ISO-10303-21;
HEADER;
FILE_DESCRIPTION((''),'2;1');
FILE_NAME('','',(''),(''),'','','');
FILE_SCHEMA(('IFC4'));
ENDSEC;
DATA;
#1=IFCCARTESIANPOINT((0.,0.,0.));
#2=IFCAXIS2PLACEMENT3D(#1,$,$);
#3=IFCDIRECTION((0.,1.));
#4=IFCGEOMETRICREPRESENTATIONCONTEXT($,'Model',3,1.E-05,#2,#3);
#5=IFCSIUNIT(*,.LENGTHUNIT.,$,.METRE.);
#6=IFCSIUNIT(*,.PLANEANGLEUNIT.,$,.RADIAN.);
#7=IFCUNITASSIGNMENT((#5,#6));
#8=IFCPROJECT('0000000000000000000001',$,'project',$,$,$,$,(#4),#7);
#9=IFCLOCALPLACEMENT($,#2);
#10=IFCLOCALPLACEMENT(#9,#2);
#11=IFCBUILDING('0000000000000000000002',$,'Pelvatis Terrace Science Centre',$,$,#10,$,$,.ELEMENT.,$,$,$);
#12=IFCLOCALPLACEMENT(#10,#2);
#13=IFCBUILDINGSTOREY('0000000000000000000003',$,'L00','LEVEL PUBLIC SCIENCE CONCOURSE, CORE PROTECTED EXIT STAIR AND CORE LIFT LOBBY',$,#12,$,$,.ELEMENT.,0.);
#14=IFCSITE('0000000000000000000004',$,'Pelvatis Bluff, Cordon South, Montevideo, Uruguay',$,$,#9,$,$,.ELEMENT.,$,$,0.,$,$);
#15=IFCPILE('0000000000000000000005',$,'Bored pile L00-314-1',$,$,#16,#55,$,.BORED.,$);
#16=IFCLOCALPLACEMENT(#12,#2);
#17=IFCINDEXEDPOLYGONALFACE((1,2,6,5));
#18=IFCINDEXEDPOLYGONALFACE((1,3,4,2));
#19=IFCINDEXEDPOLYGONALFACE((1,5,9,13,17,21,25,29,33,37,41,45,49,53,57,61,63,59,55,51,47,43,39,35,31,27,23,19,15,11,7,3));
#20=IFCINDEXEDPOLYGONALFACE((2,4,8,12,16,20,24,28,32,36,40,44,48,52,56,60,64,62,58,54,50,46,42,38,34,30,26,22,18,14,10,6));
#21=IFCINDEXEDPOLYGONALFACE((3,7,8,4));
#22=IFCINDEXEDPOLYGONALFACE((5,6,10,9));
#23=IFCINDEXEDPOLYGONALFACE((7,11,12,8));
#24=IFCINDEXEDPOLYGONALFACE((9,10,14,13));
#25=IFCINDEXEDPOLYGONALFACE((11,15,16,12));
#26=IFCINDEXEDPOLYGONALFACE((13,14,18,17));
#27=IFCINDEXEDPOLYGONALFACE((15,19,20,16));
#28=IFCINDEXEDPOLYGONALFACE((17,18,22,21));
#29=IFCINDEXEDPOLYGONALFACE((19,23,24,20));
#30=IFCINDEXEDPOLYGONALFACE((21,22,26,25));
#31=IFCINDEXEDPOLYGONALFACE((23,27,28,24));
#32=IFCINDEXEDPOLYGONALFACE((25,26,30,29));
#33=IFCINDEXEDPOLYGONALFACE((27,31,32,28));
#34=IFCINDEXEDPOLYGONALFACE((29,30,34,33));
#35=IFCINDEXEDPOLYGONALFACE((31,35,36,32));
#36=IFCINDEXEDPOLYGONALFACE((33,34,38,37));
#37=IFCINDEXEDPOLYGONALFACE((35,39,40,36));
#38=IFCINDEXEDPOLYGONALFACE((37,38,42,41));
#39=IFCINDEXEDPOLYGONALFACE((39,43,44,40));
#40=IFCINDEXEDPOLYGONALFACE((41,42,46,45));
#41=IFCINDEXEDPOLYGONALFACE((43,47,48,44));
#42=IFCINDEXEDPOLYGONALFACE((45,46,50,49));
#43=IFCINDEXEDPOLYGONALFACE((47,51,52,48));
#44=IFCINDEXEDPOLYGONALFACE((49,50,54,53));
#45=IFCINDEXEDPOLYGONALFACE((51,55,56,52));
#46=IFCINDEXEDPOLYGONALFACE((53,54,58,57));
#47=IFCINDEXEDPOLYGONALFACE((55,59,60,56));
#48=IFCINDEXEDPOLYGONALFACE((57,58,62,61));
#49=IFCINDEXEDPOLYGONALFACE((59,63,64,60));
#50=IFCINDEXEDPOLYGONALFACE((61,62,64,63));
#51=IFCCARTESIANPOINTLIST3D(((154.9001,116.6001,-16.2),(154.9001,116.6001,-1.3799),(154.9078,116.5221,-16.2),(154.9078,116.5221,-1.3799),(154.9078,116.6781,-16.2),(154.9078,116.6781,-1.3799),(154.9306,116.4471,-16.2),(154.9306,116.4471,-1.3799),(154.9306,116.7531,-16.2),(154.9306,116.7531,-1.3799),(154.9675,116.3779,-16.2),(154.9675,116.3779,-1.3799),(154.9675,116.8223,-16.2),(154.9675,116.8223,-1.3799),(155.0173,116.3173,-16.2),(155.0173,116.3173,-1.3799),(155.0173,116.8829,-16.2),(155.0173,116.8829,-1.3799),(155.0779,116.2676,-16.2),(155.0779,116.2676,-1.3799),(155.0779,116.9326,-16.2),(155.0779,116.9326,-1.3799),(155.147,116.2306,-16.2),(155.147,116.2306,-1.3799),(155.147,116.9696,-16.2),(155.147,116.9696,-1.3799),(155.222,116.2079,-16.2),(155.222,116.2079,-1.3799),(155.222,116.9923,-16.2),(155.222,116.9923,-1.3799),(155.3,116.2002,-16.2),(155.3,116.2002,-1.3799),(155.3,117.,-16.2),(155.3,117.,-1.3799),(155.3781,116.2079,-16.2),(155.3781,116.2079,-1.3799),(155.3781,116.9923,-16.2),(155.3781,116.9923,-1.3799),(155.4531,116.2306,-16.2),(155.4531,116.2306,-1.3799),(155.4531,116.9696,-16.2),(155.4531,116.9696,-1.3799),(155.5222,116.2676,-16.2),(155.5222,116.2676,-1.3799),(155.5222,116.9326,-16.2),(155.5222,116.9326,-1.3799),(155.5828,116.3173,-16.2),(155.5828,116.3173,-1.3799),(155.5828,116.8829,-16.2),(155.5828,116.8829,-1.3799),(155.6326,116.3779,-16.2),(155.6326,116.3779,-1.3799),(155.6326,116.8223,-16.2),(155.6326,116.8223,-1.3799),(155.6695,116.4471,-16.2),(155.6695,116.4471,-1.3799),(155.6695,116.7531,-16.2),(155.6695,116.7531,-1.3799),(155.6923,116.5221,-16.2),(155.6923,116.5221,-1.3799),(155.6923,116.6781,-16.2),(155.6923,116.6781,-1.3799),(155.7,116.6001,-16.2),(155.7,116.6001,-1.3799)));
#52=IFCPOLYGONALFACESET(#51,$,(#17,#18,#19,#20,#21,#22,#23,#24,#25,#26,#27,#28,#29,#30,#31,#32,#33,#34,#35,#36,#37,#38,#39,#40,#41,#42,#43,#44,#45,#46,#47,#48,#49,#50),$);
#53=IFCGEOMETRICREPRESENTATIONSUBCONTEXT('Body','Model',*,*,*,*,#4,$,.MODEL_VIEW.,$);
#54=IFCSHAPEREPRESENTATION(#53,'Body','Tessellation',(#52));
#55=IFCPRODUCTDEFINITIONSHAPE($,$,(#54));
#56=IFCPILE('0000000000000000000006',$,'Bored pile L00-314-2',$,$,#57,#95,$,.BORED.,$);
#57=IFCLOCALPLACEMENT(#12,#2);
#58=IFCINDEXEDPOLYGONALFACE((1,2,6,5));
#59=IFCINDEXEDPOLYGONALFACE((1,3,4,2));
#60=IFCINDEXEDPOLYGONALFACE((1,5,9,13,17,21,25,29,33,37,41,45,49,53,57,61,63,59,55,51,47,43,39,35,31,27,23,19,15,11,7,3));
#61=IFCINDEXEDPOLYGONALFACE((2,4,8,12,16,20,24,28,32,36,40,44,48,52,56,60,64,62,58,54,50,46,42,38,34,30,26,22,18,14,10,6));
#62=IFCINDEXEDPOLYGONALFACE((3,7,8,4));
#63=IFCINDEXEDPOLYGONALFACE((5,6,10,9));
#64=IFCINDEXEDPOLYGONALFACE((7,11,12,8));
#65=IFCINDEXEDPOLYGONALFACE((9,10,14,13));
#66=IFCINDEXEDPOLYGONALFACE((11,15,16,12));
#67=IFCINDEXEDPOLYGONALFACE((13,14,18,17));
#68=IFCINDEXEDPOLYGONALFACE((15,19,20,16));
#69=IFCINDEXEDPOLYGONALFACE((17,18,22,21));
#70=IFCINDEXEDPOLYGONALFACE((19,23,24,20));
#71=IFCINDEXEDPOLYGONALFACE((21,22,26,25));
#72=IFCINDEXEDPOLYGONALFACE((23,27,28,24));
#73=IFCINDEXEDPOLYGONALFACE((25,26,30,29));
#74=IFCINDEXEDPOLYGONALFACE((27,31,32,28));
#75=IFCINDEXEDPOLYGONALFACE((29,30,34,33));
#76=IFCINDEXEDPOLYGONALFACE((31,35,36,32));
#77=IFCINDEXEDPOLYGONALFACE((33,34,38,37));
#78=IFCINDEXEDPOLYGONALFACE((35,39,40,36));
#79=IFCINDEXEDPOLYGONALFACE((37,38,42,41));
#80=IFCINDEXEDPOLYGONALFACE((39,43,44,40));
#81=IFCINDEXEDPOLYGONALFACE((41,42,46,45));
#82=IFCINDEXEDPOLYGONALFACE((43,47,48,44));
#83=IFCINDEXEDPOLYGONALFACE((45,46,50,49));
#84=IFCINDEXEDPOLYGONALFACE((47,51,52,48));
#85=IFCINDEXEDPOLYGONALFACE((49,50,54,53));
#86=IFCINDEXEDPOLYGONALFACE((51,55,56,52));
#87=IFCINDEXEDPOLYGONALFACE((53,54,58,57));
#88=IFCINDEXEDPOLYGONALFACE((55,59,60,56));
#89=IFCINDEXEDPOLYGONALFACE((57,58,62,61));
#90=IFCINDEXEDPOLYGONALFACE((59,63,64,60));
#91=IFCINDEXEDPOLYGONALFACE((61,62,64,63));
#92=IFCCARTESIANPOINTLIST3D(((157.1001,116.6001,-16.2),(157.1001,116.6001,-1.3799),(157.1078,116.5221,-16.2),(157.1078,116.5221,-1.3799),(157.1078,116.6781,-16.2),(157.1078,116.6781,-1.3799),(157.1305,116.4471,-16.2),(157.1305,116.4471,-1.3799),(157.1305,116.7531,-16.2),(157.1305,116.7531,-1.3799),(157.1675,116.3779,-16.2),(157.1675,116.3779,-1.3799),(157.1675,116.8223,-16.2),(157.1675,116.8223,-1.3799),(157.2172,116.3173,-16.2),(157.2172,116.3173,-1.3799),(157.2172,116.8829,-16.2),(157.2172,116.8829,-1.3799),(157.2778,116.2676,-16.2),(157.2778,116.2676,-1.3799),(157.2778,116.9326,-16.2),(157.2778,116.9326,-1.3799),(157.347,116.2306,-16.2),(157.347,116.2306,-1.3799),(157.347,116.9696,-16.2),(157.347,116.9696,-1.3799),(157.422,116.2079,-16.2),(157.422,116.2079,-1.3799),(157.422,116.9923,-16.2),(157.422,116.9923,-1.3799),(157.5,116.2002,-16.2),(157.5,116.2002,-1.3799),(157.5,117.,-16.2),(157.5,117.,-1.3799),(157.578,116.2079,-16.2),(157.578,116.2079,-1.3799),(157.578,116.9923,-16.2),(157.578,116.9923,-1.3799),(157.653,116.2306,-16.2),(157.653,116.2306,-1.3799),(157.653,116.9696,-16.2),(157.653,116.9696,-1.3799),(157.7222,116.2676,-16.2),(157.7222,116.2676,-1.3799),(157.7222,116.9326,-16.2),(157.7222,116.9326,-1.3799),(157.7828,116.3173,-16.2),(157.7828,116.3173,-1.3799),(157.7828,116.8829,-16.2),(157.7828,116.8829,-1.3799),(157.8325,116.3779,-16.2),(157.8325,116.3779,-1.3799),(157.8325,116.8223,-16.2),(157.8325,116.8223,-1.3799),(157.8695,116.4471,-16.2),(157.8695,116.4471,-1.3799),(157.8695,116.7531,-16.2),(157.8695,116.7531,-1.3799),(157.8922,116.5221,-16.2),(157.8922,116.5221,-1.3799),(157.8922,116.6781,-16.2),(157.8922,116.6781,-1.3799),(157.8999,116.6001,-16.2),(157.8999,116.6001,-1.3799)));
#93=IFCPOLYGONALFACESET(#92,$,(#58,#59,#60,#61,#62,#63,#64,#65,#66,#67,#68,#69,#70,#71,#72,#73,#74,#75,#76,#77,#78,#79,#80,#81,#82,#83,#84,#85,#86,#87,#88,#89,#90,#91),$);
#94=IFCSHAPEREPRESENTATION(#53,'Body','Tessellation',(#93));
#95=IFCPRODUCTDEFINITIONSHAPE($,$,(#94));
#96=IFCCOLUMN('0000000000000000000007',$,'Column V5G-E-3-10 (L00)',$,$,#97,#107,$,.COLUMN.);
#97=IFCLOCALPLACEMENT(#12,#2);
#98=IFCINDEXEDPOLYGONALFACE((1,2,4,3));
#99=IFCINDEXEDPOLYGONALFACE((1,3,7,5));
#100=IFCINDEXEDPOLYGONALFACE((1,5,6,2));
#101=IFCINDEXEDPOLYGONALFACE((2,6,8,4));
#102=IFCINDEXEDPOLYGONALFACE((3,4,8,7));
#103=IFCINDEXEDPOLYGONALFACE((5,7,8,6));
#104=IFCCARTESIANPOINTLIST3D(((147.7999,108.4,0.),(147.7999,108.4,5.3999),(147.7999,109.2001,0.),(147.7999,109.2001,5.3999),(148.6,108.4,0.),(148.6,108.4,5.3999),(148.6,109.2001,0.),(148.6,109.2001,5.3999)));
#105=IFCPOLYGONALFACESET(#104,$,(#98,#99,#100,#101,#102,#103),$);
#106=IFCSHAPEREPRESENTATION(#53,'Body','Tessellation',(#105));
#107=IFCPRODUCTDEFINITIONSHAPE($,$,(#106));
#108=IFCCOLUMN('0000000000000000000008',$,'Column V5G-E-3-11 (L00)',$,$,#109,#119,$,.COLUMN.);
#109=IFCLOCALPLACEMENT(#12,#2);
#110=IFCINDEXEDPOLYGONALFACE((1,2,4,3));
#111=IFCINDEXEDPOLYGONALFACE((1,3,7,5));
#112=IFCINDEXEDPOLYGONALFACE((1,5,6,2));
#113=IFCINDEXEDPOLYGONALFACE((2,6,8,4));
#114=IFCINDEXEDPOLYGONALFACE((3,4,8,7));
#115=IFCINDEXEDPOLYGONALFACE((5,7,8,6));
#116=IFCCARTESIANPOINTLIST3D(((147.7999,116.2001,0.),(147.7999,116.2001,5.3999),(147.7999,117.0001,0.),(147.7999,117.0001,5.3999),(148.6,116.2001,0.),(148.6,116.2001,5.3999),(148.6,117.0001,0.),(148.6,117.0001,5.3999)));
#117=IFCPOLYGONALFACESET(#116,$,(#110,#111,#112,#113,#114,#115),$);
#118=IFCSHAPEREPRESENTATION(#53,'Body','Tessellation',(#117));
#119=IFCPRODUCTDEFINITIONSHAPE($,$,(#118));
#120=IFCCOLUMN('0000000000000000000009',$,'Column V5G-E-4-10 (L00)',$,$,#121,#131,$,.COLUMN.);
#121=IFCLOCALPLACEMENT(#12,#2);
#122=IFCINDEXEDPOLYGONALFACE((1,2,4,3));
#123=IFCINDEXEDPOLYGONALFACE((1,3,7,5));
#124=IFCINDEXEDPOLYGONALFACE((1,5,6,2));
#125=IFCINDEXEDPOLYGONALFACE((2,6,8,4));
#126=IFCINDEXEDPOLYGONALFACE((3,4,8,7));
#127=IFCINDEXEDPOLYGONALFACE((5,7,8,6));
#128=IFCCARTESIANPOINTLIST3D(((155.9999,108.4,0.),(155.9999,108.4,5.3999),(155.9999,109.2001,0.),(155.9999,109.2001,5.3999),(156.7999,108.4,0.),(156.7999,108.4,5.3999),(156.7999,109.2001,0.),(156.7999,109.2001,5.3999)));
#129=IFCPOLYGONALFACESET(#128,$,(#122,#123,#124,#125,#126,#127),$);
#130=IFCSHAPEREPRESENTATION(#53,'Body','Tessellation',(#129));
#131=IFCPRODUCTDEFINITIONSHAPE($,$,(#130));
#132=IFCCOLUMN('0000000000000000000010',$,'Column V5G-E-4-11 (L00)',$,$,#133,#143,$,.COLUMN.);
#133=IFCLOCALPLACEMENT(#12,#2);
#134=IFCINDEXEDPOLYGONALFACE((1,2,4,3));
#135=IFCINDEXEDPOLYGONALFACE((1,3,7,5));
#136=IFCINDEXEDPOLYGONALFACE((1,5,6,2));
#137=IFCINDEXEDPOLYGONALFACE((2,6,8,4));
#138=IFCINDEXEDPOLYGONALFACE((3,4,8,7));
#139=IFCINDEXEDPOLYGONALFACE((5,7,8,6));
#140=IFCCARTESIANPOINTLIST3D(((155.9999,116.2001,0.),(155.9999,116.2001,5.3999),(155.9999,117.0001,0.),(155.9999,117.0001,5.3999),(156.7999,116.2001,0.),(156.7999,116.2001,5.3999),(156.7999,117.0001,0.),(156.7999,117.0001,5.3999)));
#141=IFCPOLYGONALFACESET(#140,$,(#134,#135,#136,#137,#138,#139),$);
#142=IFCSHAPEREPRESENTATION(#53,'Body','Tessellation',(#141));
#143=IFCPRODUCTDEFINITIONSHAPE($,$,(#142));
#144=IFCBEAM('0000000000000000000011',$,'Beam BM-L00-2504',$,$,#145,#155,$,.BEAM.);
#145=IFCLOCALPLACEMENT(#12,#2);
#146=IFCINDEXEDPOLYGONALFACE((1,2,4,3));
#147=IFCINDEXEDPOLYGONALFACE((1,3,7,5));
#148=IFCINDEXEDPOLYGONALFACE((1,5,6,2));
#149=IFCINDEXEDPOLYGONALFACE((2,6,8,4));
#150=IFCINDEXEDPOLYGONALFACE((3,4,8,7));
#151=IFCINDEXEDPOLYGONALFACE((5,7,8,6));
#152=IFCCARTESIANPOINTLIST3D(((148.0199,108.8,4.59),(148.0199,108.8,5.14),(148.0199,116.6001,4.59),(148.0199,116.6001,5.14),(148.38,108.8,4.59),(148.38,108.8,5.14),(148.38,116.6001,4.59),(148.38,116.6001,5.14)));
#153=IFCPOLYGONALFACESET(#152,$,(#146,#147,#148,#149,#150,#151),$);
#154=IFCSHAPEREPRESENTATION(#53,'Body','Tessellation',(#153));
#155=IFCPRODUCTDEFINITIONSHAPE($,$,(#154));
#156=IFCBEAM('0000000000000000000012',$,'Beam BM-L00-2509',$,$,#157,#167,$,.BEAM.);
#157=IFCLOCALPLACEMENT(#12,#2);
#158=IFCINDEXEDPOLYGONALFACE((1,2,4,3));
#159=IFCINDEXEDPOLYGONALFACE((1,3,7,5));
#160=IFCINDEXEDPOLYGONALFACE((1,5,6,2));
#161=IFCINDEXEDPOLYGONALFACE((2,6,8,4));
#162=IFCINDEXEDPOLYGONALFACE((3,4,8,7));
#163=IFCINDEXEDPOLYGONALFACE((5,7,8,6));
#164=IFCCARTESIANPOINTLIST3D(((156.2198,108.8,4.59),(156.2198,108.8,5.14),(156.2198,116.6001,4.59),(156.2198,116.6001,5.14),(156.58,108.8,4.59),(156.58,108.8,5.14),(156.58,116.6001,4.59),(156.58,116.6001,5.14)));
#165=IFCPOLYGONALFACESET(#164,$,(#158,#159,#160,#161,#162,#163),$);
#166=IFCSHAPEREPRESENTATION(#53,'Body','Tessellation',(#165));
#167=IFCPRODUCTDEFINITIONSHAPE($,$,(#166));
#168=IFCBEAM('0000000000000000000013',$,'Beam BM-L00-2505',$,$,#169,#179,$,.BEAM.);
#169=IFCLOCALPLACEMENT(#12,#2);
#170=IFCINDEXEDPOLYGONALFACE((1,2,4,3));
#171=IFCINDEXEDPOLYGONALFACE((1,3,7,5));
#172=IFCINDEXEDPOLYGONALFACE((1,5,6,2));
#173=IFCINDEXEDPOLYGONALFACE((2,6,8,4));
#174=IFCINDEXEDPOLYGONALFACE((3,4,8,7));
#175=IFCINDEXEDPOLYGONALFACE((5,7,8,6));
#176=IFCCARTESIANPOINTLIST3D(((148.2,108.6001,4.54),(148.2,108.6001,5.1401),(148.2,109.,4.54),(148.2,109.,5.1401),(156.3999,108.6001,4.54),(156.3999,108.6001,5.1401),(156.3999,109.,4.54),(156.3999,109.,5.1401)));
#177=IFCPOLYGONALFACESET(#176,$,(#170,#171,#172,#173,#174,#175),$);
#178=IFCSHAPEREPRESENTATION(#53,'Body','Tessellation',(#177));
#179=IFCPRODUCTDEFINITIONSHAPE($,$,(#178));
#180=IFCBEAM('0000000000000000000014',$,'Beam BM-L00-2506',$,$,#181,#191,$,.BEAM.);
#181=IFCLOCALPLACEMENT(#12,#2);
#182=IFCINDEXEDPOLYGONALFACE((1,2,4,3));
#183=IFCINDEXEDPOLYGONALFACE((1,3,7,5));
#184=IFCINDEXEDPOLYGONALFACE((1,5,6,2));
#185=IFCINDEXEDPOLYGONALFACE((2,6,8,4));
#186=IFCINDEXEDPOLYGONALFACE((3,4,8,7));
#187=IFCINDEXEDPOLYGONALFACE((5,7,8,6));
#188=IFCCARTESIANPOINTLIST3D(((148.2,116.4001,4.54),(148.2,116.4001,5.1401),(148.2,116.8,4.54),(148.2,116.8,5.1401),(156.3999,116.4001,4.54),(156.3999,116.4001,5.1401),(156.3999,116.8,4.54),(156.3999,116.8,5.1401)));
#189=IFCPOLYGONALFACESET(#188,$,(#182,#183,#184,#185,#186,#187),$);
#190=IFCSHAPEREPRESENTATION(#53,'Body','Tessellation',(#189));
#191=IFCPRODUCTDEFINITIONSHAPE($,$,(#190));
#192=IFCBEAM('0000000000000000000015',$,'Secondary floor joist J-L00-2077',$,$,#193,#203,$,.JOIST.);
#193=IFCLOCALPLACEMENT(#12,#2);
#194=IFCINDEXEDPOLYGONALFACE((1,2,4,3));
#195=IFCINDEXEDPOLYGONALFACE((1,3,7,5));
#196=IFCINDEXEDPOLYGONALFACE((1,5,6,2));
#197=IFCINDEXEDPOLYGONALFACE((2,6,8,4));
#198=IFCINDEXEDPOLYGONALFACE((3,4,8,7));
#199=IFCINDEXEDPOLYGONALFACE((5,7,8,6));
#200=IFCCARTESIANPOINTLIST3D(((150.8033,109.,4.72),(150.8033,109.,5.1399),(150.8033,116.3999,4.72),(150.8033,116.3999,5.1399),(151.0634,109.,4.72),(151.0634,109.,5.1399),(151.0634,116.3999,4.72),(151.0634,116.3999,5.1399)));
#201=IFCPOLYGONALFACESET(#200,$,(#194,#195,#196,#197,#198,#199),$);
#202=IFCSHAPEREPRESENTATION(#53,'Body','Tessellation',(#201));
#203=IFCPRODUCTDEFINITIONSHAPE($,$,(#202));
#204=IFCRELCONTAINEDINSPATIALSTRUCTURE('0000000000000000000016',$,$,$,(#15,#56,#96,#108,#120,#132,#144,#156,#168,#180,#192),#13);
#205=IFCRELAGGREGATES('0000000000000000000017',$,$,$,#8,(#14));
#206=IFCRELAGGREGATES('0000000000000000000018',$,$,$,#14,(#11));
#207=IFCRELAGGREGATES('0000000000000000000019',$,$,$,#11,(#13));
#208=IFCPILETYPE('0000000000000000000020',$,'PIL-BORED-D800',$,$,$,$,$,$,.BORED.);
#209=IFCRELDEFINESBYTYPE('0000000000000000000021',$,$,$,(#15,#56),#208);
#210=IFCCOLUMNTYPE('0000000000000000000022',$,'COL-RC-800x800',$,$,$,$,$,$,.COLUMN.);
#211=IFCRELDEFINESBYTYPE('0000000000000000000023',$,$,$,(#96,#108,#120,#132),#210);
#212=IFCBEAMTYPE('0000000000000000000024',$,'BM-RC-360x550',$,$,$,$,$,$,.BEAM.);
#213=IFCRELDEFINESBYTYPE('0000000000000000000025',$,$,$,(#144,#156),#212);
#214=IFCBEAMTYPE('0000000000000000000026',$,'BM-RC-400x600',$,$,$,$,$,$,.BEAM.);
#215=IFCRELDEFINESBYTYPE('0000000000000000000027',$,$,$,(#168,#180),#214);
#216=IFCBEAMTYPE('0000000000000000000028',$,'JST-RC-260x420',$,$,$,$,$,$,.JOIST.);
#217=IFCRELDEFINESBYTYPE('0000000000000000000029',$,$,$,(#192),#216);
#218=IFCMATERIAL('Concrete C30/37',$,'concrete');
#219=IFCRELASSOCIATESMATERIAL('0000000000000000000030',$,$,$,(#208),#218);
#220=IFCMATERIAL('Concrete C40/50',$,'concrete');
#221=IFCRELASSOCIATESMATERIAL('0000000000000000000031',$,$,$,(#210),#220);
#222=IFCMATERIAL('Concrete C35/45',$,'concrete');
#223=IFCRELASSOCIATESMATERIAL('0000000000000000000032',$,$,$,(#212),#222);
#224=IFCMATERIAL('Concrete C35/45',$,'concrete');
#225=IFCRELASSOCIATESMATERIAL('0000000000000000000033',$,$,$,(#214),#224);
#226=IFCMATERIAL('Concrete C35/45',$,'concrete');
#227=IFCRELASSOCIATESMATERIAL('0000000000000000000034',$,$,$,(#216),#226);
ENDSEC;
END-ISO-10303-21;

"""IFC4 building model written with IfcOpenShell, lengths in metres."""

from ifc_helpers import new_model, si_unit, direction, frame, origin, origin_2d, place, context, subcontext, project, spatial, rectangle, circle, extrude, material, material_profile, profile_set, type_object, element, save


model = new_model("IFC4")

# Units and contexts
model_context = context("Model", 3, precision=1e-05, world=origin(), true_north=direction((0.0, 1.0)))
body_context = subcontext(model_context, "Body", "Model", "MODEL_VIEW")
ifc_project = project(units=[si_unit("LENGTHUNIT", "METRE"), si_unit("PLANEANGLEUNIT", "RADIAN")], contexts=[model_context])

# Site, building, storey
site_placement = place(None, origin())
site = spatial("IfcSite", under=ifc_project, at=site_placement, Name="Pelvatis Bluff, Cordon South, Montevideo, Uruguay", CompositionType="ELEMENT", RefElevation=0.0)
building_placement = place(site_placement, origin())
building = spatial("IfcBuilding", under=site, at=building_placement, Name="Pelvatis Terrace Science Centre", CompositionType="ELEMENT")
storey_placement = place(building_placement, origin())
storey = spatial("IfcBuildingStorey", under=building, at=storey_placement, Name="L00", Description="LEVEL PUBLIC SCIENCE CONCOURSE, CORE PROTECTED EXIT STAIR AND CORE LIFT LOBBY", CompositionType="ELEMENT", Elevation=0.0)

# Piles
ifc_material_1 = material(Name="Concrete C30/37", Category="concrete")
ifc_material_profile_1 = material_profile(ifc_material_1, circle(Radius=0.3999, at=origin_2d()), Name="PILE D800")
ifc_profile_set_1 = profile_set([ifc_material_profile_1], Name="Concrete C30/37")
pile_type = type_object("IfcPileType", Name="PIL-BORED-D800", PredefinedType="BORED", material=ifc_profile_set_1)
for number, where, z_axis, x_axis, name in (
    (1, (155.3, 116.6001, -1.3799), (0.0, 0.0, -1.0), (1.0, 0.0, 0.0), "Bored pile L00-314-1"),
    (2, (157.5, 116.6001, -1.3799), (0.0, 0.0, -1.0), (1.0, 0.0, 0.0), "Bored pile L00-314-2"),
):
    element("IfcPile", number, at=place(storey_placement, frame(where, z_axis=z_axis, x_axis=x_axis)), inside=storey, type_object=pile_type, Name=name, PredefinedType="BORED", context=body_context, shape_type="SweptSolid", body=[
        extrude(circle(Radius=0.3999, at=origin_2d()), origin(), (0.0, 0.0, 1.0), 14.8201),
    ])

# Columns
ifc_material_2 = material(Name="Concrete C40/50", Category="concrete")
ifc_material_profile_2 = material_profile(ifc_material_2, rectangle(XDim=0.8, YDim=0.8, at=origin_2d()), Name="RC-COL 800x800")
ifc_profile_set_2 = profile_set([ifc_material_profile_2], Name="Concrete C40/50")
column_type = type_object("IfcColumnType", Name="COL-RC-800x800", PredefinedType="COLUMN", material=ifc_profile_set_2)
for number, where, z_axis, x_axis, name in (
    (3, (148.2, 108.8, 0.0), (0.0, 0.0, 1.0), (1.0, 0.0, 0.0), "Column V5G-E-3-10 (L00)"),
    (4, (148.2, 116.6001, 0.0), (0.0, 0.0, 1.0), (1.0, 0.0, 0.0), "Column V5G-E-3-11 (L00)"),
    (5, (156.3999, 108.8, 0.0), (0.0, 0.0, 1.0), (1.0, 0.0, 0.0), "Column V5G-E-4-10 (L00)"),
    (6, (156.3999, 116.6001, 0.0), (0.0, 0.0, 1.0), (1.0, 0.0, 0.0), "Column V5G-E-4-11 (L00)"),
):
    element("IfcColumn", number, at=place(storey_placement, frame(where, z_axis=z_axis, x_axis=x_axis)), inside=storey, type_object=column_type, Name=name, PredefinedType="COLUMN", context=body_context, shape_type="SweptSolid", body=[
        extrude(rectangle(XDim=0.8, YDim=0.8, at=origin_2d()), origin(), (0.0, 0.0, 1.0), 5.3999),
    ])

# Beams
ifc_material_3 = material(Name="Concrete C35/45", Category="concrete")
ifc_material_profile_3 = material_profile(ifc_material_3, rectangle(XDim=0.3601, YDim=0.55, at=origin_2d()), Name="RC-BM 360x550")
ifc_profile_set_3 = profile_set([ifc_material_profile_3], Name="Concrete C35/45")
beam_type_1 = type_object("IfcBeamType", Name="BM-RC-360x550", PredefinedType="BEAM", material=ifc_profile_set_3)
for number, where, z_axis, x_axis, name in (
    (7, (148.2, 108.8, 4.865), (0.0, 1.0, 0.0), (-1.0, 0.0, 0.0), "Beam BM-L00-2504"),
    (8, (156.3999, 108.8, 4.865), (0.0, 1.0, 0.0), (-1.0, 0.0, 0.0), "Beam BM-L00-2509"),
):
    element("IfcBeam", number, at=place(storey_placement, frame(where, z_axis=z_axis, x_axis=x_axis)), inside=storey, type_object=beam_type_1, Name=name, PredefinedType="BEAM", context=body_context, shape_type="SweptSolid", body=[
        extrude(rectangle(XDim=0.3601, YDim=0.55, at=origin_2d()), origin(), (0.0, 0.0, 1.0), 7.8),
    ])
ifc_material_4 = material(Name="Concrete C35/45", Category="concrete")
ifc_material_profile_4 = material_profile(ifc_material_4, rectangle(XDim=0.3999, YDim=0.6001, at=origin_2d()), Name="RC-BM 400x600")
ifc_profile_set_4 = profile_set([ifc_material_profile_4], Name="Concrete C35/45")
beam_type_2 = type_object("IfcBeamType", Name="BM-RC-400x600", PredefinedType="BEAM", material=ifc_profile_set_4)
for number, where, z_axis, x_axis, name in (
    (9, (148.2, 108.8, 4.8401), (1.0, 0.0, 0.0), (0.0, 1.0, 0.0), "Beam BM-L00-2505"),
    (10, (148.2, 116.6001, 4.8401), (1.0, 0.0, 0.0), (0.0, 1.0, 0.0), "Beam BM-L00-2506"),
):
    element("IfcBeam", number, at=place(storey_placement, frame(where, z_axis=z_axis, x_axis=x_axis)), inside=storey, type_object=beam_type_2, Name=name, PredefinedType="BEAM", context=body_context, shape_type="SweptSolid", body=[
        extrude(rectangle(XDim=0.3999, YDim=0.6001, at=origin_2d()), origin(), (0.0, 0.0, 1.0), 8.2),
    ])
ifc_material_5 = material(Name="Concrete C35/45", Category="concrete")
ifc_material_profile_5 = material_profile(ifc_material_5, rectangle(XDim=0.26, YDim=0.4199, at=origin_2d()), Name="RC-JST 260x420")
ifc_profile_set_5 = profile_set([ifc_material_profile_5], Name="Concrete C35/45")
beam_type_3 = type_object("IfcBeamType", Name="JST-RC-260x420", PredefinedType="JOIST", material=ifc_profile_set_5)
for number, where, z_axis, x_axis, name in (
    (11, (150.9333, 109.0, 4.9299), (0.0, 1.0, 0.0), (-1.0, 0.0, 0.0), "Secondary floor joist J-L00-2077"),
):
    element("IfcBeam", number, at=place(storey_placement, frame(where, z_axis=z_axis, x_axis=x_axis)), inside=storey, type_object=beam_type_3, Name=name, PredefinedType="JOIST", context=body_context, shape_type="SweptSolid", body=[
        extrude(rectangle(XDim=0.26, YDim=0.4199, at=origin_2d()), origin(), (0.0, 0.0, 1.0), 7.3999),
    ])

save(model, "model.ifc")
